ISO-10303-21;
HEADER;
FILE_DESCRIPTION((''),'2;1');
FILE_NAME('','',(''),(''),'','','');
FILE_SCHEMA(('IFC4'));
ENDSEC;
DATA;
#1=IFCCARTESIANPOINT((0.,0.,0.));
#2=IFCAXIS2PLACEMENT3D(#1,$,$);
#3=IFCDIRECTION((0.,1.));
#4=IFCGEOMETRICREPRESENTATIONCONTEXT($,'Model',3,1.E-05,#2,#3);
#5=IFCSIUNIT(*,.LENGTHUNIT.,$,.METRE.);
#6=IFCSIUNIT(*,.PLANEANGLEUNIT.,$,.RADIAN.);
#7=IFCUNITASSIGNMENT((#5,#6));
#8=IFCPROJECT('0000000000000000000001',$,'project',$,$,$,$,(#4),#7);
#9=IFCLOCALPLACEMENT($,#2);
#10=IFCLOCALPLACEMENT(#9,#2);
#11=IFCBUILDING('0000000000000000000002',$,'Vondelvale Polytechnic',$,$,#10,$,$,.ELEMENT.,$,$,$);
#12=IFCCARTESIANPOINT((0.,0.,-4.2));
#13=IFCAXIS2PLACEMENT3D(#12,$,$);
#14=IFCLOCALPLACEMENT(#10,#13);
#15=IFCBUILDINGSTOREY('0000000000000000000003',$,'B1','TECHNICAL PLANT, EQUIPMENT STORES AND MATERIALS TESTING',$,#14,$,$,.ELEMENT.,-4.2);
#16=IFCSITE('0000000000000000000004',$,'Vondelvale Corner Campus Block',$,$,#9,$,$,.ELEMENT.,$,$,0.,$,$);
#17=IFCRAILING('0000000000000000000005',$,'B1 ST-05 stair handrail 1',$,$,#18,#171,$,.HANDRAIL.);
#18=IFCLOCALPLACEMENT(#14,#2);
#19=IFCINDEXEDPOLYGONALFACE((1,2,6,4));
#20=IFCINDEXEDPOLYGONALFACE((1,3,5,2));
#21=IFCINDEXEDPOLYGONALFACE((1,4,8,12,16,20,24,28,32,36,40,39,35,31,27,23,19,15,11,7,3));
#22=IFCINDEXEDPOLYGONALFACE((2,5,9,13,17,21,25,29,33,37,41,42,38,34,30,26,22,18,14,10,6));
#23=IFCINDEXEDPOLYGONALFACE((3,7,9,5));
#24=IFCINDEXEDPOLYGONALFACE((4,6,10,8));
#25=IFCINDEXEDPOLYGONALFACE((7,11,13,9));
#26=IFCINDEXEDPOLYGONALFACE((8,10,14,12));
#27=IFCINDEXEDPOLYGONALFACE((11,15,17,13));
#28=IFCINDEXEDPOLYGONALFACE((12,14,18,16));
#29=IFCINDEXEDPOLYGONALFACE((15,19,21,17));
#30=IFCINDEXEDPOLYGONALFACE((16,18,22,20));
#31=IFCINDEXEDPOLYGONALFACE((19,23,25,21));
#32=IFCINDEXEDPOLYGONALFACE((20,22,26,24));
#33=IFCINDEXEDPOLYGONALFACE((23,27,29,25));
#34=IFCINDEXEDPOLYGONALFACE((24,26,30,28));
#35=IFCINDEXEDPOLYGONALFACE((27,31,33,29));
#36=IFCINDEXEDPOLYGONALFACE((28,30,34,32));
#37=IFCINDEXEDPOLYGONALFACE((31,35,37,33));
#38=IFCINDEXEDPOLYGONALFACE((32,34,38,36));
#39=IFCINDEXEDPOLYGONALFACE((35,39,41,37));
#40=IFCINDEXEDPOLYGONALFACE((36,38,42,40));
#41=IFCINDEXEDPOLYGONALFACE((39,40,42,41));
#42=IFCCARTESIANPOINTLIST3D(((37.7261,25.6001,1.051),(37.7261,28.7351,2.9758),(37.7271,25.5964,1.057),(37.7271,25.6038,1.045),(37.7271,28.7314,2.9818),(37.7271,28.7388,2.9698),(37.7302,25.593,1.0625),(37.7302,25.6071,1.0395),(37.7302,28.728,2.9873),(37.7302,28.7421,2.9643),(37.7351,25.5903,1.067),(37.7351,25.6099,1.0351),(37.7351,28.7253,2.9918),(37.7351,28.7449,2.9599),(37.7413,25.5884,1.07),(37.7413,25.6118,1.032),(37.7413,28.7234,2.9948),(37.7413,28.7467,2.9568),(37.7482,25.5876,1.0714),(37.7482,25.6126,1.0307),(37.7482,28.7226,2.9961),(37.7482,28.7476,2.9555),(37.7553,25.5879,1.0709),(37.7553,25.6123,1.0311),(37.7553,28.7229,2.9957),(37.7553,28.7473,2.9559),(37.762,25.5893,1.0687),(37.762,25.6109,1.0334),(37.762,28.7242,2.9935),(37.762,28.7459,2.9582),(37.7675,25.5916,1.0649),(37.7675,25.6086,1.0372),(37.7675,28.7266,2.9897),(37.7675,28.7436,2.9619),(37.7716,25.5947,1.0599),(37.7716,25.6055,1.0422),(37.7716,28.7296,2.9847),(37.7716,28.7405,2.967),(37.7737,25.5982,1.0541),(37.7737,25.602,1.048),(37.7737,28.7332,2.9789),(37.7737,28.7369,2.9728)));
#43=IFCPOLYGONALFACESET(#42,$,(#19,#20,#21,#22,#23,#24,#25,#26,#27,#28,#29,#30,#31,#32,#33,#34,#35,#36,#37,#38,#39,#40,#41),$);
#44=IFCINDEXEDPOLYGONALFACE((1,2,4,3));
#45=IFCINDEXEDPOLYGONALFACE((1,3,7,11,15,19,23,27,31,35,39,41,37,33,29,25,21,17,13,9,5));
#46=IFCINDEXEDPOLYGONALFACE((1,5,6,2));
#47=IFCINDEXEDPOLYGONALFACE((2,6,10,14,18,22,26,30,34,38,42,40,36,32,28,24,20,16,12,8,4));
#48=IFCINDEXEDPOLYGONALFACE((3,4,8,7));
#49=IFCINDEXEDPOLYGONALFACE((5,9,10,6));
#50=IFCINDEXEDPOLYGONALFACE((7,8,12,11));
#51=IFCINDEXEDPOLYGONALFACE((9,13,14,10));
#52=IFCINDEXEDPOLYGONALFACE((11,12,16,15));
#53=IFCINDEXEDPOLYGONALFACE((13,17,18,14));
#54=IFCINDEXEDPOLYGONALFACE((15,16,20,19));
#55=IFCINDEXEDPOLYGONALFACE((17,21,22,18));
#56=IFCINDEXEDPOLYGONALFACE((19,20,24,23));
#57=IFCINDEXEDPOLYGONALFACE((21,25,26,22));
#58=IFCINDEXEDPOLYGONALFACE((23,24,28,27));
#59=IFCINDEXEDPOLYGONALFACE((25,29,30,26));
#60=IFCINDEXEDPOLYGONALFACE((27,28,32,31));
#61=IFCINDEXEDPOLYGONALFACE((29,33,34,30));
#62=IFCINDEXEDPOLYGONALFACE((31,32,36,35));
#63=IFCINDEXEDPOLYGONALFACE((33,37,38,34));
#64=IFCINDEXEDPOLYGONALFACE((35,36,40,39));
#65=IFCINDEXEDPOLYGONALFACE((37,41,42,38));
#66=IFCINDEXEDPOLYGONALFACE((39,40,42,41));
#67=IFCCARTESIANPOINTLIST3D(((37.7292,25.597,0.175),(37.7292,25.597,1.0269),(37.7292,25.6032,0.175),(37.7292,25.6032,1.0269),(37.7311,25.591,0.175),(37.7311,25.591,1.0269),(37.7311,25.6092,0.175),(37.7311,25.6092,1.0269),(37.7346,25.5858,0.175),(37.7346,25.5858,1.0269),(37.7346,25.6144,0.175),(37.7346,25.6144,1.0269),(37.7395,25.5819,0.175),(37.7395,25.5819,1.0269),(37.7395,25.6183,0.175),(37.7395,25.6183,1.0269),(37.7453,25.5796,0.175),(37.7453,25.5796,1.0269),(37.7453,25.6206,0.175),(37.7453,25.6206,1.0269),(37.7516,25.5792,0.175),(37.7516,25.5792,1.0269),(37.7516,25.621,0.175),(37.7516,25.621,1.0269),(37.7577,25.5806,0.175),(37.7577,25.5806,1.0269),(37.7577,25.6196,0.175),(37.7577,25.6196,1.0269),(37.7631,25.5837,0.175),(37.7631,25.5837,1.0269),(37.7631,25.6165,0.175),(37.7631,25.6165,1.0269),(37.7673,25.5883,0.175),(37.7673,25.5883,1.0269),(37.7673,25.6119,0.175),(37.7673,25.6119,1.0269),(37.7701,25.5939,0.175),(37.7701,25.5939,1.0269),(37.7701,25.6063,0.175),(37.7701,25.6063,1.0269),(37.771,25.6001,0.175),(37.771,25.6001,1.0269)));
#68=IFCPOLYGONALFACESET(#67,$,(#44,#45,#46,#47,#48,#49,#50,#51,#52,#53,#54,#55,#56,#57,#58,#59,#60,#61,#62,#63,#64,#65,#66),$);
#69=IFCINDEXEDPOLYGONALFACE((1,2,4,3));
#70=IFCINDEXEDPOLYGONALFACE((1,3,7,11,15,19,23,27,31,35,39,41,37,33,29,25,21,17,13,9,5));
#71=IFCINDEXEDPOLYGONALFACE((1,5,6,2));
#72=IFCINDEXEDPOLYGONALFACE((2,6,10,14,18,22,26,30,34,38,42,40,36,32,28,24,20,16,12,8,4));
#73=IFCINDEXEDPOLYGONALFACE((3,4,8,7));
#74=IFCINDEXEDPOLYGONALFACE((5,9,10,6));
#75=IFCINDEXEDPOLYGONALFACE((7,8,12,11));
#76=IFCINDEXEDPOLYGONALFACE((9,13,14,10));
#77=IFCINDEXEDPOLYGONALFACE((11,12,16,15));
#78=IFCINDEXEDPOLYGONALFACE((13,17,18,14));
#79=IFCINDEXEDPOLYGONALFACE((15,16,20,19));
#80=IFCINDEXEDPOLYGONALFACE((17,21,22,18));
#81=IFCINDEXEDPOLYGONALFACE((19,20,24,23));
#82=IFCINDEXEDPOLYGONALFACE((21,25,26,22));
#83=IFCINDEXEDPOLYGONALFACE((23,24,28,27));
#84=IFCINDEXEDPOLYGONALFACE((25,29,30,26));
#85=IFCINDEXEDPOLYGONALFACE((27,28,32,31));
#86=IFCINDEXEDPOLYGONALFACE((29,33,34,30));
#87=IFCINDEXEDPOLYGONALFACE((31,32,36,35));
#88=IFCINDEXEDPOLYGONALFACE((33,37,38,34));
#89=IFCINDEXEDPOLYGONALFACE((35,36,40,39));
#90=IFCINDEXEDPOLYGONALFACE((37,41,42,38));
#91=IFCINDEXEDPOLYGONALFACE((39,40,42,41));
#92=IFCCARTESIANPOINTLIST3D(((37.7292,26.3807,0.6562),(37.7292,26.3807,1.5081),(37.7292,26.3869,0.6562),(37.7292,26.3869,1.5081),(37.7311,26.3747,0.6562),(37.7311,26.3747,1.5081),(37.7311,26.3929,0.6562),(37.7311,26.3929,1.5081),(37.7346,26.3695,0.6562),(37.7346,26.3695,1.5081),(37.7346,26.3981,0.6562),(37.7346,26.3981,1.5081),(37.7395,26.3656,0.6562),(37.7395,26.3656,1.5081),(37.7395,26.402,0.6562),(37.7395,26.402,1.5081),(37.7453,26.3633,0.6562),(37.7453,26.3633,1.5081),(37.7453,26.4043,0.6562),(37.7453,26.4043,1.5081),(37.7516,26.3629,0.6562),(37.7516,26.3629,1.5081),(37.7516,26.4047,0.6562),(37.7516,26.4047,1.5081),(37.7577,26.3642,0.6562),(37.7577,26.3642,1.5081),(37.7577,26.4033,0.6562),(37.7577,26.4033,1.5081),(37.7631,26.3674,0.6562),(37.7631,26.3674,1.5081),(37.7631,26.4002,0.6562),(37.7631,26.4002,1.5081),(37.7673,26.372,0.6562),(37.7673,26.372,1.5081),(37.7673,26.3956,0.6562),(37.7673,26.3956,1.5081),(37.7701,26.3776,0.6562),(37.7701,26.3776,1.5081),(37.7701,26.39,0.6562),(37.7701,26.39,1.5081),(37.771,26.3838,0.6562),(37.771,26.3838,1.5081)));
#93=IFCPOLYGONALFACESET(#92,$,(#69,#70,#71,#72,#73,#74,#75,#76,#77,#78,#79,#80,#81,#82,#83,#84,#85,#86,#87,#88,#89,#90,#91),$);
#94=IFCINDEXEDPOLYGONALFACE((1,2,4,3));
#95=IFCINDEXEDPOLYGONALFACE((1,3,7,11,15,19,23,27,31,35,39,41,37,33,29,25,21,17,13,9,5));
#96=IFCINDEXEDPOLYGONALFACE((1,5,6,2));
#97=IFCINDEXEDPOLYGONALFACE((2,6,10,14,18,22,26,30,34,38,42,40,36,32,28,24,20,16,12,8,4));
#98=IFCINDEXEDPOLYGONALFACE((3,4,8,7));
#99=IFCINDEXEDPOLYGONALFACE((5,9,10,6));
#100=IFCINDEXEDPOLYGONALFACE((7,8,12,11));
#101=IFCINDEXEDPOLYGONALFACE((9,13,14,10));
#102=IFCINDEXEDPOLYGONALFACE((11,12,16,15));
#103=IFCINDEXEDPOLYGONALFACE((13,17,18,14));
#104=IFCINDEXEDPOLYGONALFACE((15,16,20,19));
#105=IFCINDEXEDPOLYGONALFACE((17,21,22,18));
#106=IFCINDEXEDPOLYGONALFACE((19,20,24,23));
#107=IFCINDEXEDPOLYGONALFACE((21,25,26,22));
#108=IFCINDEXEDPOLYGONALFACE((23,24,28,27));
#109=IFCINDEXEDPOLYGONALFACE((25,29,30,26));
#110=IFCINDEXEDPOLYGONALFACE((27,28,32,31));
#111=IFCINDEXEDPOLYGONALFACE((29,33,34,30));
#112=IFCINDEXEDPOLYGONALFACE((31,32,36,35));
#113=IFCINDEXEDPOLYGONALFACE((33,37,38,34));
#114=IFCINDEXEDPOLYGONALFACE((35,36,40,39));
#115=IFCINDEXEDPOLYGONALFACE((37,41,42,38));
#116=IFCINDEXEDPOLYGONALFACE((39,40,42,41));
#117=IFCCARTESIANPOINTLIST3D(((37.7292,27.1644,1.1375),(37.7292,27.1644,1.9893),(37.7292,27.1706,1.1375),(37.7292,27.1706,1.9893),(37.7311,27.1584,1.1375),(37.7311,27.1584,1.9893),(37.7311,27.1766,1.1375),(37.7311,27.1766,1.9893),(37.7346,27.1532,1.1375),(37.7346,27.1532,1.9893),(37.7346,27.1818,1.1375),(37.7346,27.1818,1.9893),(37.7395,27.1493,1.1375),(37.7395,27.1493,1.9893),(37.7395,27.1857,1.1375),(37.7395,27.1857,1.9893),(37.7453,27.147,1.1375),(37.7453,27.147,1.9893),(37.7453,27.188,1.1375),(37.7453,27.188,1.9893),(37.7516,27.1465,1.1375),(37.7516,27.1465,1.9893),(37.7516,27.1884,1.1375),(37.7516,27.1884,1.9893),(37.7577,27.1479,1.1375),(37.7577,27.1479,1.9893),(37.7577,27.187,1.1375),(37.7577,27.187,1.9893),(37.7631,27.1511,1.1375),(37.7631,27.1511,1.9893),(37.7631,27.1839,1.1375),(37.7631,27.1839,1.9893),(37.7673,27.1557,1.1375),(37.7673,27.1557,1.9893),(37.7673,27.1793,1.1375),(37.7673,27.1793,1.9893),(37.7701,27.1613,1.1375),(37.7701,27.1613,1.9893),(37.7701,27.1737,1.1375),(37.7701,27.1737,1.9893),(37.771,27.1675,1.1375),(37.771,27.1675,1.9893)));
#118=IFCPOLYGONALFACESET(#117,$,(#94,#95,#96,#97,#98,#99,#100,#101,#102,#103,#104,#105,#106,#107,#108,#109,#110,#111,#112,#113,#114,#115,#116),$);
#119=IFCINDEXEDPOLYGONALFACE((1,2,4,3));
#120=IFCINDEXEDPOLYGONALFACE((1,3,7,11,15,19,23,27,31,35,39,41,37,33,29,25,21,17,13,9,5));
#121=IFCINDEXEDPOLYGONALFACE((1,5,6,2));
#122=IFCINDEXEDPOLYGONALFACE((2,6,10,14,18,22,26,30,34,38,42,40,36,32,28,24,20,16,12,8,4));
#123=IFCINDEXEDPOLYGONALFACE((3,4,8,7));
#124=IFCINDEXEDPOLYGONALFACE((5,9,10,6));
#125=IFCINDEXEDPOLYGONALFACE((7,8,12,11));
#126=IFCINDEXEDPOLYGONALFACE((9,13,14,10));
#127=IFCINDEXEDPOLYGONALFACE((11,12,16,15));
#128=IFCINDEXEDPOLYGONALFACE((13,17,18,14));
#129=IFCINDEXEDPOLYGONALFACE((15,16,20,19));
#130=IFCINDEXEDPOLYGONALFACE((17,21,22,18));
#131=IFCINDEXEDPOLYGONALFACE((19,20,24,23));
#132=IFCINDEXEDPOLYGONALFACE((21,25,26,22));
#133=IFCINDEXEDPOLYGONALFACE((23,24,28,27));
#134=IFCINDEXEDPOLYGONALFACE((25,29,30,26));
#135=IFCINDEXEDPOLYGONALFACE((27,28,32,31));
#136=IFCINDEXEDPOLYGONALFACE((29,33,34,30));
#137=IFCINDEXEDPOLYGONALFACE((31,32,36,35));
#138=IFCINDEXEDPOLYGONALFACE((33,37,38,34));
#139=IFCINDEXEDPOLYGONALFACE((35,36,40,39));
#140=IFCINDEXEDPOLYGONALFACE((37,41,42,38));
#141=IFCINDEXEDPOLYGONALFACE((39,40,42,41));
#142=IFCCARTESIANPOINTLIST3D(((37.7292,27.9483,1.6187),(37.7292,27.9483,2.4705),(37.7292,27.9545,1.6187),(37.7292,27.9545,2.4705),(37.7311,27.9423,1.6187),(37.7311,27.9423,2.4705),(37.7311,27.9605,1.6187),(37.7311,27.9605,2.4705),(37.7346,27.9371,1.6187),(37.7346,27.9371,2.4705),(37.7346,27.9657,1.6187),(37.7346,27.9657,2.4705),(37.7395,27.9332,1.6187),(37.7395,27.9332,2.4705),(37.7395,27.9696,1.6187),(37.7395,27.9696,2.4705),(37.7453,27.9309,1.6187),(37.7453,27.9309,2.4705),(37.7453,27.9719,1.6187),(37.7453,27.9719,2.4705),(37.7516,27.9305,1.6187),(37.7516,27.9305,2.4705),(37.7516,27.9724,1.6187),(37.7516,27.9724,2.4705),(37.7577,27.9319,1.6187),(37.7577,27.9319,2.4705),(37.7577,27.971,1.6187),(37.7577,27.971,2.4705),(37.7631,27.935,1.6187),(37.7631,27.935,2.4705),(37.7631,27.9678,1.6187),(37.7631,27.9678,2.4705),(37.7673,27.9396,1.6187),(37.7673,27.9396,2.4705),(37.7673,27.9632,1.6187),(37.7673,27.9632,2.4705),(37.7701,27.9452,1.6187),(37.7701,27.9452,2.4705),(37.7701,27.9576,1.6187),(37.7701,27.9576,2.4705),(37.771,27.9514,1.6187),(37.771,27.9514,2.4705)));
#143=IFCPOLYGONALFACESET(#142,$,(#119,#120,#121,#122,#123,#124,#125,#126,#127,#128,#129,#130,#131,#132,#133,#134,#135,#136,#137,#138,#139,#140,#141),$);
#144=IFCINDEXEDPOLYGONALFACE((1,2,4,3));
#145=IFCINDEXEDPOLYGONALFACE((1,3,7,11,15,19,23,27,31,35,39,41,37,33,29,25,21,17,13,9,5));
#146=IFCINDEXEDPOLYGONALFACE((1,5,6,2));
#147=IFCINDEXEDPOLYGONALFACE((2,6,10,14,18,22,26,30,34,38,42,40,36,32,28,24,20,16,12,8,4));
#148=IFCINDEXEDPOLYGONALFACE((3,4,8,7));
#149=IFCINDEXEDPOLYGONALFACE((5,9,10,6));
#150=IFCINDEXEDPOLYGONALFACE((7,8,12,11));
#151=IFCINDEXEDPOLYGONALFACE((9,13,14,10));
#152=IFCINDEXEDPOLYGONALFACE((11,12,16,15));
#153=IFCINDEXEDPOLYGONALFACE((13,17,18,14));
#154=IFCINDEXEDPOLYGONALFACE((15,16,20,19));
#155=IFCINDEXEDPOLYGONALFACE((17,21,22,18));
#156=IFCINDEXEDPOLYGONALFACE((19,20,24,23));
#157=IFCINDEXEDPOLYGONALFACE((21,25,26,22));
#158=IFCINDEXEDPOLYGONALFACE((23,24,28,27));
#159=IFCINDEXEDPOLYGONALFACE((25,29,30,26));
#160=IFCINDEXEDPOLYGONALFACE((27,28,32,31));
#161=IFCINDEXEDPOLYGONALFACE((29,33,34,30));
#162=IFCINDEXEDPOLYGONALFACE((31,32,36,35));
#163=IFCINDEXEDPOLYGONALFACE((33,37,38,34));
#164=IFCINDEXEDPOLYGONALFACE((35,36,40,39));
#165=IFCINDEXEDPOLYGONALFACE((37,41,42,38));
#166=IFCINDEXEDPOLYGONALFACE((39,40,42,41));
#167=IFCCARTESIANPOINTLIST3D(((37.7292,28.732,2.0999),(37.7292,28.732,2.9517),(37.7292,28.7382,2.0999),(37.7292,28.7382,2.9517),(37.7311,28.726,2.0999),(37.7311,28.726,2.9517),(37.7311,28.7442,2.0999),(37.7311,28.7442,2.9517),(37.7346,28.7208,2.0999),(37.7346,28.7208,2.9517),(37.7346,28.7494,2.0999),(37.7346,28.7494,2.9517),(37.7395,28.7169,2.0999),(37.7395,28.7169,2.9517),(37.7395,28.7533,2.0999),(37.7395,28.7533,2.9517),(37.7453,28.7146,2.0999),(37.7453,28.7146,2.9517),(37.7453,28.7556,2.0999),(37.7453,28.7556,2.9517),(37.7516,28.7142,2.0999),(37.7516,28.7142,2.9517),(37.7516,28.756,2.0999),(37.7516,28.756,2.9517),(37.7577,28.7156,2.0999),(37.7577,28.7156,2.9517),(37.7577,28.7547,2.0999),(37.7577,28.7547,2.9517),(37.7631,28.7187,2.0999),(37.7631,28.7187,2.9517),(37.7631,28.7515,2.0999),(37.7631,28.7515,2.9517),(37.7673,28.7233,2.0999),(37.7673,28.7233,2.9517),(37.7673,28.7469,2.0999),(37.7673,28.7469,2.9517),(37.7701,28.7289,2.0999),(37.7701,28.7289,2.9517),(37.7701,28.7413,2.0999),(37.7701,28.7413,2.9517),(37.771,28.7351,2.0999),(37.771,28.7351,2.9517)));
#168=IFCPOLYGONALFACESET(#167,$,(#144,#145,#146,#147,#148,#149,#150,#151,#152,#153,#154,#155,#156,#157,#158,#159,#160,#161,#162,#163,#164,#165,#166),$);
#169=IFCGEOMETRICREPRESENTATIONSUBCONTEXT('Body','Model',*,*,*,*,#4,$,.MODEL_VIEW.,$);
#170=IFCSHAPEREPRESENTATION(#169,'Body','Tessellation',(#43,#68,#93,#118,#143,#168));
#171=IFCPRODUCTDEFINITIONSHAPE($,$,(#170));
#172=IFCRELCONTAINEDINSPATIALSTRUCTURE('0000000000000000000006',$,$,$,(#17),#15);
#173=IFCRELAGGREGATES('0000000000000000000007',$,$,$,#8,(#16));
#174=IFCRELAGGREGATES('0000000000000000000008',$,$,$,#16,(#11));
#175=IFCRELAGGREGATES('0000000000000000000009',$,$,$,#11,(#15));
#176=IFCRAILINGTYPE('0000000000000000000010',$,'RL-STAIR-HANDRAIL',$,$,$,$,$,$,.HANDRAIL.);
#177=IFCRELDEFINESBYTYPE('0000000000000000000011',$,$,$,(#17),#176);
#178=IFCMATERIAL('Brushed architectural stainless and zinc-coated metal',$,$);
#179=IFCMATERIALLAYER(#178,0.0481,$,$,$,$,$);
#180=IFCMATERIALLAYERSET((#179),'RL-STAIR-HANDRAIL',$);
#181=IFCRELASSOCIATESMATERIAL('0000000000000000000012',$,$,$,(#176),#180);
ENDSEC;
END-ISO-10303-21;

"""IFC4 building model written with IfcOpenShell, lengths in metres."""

from ifc_helpers import new_model, si_unit, direction, frame, origin, origin_2d, place, context, subcontext, project, spatial, circle, extrude, material, layer, layer_set, type_object, element, save


model = new_model("IFC4")

# Units and contexts
model_context = context("Model", 3, precision=1e-05, world=origin(), true_north=direction((0.0, 1.0)))
body_context = subcontext(model_context, "Body", "Model", "MODEL_VIEW")
ifc_project = project(units=[si_unit("LENGTHUNIT", "METRE"), si_unit("PLANEANGLEUNIT", "RADIAN")], contexts=[model_context])

# Site, building, storey
site_placement = place(None, origin())
site = spatial("IfcSite", under=ifc_project, at=site_placement, Name="Vondelvale Corner Campus Block", CompositionType="ELEMENT", RefElevation=0.0)
building_placement = place(site_placement, origin())
building = spatial("IfcBuilding", under=site, at=building_placement, Name="Vondelvale Polytechnic", CompositionType="ELEMENT")
storey_placement = place(building_placement, frame((0.0, 0.0, -4.2)))
storey = spatial("IfcBuildingStorey", under=building, at=storey_placement, Name="B1", Description="TECHNICAL PLANT, EQUIPMENT STORES AND MATERIALS TESTING", CompositionType="ELEMENT", Elevation=-4.2)

# Shared definitions
ifc_material_1 = material(Name="Brushed architectural stainless and zinc-coated metal")

# Railing
ifc_layer_1 = layer(ifc_material_1, 0.0481)
ifc_layer_set_1 = layer_set([ifc_layer_1], Name="RL-STAIR-HANDRAIL")
railing_type_1 = type_object("IfcRailingType", Name="RL-STAIR-HANDRAIL", PredefinedType="HANDRAIL", material=ifc_layer_set_1)
railing_1_placement = place(storey_placement, frame((37.75, 25.6001, 0.175)))
element("IfcRailing", 1, at=railing_1_placement, inside=storey, type_object=railing_type_1, Name="B1 ST-05 stair handrail 1", PredefinedType="HANDRAIL", context=body_context, shape_type="SweptSolid", body=[
    extrude(circle(Radius=0.0239, at=origin_2d()), frame((0.0, 0.0, 0.876), z_axis=(0.0, 0.852196, 0.523223), x_axis=(-1.0, 0.0, 0.0)), (0.0, 0.0, 1.0), 3.6787),
    extrude(circle(Radius=0.021, at=origin_2d()), origin(), (0.0, 0.0, 1.0), 0.8518),
    extrude(circle(Radius=0.021, at=origin_2d()), frame((0.0, 0.7837, 0.4812)), (0.0, 0.0, 1.0), 0.8518),
    extrude(circle(Radius=0.021, at=origin_2d()), frame((0.0, 1.5674, 0.9624)), (0.0, 0.0, 1.0), 0.8518),
    extrude(circle(Radius=0.021, at=origin_2d()), frame((0.0, 2.3513, 1.4436)), (0.0, 0.0, 1.0), 0.8518),
    extrude(circle(Radius=0.021, at=origin_2d()), frame((0.0, 3.135, 1.9248)), (0.0, 0.0, 1.0), 0.8518),
])

save(model, "model.ifc")
